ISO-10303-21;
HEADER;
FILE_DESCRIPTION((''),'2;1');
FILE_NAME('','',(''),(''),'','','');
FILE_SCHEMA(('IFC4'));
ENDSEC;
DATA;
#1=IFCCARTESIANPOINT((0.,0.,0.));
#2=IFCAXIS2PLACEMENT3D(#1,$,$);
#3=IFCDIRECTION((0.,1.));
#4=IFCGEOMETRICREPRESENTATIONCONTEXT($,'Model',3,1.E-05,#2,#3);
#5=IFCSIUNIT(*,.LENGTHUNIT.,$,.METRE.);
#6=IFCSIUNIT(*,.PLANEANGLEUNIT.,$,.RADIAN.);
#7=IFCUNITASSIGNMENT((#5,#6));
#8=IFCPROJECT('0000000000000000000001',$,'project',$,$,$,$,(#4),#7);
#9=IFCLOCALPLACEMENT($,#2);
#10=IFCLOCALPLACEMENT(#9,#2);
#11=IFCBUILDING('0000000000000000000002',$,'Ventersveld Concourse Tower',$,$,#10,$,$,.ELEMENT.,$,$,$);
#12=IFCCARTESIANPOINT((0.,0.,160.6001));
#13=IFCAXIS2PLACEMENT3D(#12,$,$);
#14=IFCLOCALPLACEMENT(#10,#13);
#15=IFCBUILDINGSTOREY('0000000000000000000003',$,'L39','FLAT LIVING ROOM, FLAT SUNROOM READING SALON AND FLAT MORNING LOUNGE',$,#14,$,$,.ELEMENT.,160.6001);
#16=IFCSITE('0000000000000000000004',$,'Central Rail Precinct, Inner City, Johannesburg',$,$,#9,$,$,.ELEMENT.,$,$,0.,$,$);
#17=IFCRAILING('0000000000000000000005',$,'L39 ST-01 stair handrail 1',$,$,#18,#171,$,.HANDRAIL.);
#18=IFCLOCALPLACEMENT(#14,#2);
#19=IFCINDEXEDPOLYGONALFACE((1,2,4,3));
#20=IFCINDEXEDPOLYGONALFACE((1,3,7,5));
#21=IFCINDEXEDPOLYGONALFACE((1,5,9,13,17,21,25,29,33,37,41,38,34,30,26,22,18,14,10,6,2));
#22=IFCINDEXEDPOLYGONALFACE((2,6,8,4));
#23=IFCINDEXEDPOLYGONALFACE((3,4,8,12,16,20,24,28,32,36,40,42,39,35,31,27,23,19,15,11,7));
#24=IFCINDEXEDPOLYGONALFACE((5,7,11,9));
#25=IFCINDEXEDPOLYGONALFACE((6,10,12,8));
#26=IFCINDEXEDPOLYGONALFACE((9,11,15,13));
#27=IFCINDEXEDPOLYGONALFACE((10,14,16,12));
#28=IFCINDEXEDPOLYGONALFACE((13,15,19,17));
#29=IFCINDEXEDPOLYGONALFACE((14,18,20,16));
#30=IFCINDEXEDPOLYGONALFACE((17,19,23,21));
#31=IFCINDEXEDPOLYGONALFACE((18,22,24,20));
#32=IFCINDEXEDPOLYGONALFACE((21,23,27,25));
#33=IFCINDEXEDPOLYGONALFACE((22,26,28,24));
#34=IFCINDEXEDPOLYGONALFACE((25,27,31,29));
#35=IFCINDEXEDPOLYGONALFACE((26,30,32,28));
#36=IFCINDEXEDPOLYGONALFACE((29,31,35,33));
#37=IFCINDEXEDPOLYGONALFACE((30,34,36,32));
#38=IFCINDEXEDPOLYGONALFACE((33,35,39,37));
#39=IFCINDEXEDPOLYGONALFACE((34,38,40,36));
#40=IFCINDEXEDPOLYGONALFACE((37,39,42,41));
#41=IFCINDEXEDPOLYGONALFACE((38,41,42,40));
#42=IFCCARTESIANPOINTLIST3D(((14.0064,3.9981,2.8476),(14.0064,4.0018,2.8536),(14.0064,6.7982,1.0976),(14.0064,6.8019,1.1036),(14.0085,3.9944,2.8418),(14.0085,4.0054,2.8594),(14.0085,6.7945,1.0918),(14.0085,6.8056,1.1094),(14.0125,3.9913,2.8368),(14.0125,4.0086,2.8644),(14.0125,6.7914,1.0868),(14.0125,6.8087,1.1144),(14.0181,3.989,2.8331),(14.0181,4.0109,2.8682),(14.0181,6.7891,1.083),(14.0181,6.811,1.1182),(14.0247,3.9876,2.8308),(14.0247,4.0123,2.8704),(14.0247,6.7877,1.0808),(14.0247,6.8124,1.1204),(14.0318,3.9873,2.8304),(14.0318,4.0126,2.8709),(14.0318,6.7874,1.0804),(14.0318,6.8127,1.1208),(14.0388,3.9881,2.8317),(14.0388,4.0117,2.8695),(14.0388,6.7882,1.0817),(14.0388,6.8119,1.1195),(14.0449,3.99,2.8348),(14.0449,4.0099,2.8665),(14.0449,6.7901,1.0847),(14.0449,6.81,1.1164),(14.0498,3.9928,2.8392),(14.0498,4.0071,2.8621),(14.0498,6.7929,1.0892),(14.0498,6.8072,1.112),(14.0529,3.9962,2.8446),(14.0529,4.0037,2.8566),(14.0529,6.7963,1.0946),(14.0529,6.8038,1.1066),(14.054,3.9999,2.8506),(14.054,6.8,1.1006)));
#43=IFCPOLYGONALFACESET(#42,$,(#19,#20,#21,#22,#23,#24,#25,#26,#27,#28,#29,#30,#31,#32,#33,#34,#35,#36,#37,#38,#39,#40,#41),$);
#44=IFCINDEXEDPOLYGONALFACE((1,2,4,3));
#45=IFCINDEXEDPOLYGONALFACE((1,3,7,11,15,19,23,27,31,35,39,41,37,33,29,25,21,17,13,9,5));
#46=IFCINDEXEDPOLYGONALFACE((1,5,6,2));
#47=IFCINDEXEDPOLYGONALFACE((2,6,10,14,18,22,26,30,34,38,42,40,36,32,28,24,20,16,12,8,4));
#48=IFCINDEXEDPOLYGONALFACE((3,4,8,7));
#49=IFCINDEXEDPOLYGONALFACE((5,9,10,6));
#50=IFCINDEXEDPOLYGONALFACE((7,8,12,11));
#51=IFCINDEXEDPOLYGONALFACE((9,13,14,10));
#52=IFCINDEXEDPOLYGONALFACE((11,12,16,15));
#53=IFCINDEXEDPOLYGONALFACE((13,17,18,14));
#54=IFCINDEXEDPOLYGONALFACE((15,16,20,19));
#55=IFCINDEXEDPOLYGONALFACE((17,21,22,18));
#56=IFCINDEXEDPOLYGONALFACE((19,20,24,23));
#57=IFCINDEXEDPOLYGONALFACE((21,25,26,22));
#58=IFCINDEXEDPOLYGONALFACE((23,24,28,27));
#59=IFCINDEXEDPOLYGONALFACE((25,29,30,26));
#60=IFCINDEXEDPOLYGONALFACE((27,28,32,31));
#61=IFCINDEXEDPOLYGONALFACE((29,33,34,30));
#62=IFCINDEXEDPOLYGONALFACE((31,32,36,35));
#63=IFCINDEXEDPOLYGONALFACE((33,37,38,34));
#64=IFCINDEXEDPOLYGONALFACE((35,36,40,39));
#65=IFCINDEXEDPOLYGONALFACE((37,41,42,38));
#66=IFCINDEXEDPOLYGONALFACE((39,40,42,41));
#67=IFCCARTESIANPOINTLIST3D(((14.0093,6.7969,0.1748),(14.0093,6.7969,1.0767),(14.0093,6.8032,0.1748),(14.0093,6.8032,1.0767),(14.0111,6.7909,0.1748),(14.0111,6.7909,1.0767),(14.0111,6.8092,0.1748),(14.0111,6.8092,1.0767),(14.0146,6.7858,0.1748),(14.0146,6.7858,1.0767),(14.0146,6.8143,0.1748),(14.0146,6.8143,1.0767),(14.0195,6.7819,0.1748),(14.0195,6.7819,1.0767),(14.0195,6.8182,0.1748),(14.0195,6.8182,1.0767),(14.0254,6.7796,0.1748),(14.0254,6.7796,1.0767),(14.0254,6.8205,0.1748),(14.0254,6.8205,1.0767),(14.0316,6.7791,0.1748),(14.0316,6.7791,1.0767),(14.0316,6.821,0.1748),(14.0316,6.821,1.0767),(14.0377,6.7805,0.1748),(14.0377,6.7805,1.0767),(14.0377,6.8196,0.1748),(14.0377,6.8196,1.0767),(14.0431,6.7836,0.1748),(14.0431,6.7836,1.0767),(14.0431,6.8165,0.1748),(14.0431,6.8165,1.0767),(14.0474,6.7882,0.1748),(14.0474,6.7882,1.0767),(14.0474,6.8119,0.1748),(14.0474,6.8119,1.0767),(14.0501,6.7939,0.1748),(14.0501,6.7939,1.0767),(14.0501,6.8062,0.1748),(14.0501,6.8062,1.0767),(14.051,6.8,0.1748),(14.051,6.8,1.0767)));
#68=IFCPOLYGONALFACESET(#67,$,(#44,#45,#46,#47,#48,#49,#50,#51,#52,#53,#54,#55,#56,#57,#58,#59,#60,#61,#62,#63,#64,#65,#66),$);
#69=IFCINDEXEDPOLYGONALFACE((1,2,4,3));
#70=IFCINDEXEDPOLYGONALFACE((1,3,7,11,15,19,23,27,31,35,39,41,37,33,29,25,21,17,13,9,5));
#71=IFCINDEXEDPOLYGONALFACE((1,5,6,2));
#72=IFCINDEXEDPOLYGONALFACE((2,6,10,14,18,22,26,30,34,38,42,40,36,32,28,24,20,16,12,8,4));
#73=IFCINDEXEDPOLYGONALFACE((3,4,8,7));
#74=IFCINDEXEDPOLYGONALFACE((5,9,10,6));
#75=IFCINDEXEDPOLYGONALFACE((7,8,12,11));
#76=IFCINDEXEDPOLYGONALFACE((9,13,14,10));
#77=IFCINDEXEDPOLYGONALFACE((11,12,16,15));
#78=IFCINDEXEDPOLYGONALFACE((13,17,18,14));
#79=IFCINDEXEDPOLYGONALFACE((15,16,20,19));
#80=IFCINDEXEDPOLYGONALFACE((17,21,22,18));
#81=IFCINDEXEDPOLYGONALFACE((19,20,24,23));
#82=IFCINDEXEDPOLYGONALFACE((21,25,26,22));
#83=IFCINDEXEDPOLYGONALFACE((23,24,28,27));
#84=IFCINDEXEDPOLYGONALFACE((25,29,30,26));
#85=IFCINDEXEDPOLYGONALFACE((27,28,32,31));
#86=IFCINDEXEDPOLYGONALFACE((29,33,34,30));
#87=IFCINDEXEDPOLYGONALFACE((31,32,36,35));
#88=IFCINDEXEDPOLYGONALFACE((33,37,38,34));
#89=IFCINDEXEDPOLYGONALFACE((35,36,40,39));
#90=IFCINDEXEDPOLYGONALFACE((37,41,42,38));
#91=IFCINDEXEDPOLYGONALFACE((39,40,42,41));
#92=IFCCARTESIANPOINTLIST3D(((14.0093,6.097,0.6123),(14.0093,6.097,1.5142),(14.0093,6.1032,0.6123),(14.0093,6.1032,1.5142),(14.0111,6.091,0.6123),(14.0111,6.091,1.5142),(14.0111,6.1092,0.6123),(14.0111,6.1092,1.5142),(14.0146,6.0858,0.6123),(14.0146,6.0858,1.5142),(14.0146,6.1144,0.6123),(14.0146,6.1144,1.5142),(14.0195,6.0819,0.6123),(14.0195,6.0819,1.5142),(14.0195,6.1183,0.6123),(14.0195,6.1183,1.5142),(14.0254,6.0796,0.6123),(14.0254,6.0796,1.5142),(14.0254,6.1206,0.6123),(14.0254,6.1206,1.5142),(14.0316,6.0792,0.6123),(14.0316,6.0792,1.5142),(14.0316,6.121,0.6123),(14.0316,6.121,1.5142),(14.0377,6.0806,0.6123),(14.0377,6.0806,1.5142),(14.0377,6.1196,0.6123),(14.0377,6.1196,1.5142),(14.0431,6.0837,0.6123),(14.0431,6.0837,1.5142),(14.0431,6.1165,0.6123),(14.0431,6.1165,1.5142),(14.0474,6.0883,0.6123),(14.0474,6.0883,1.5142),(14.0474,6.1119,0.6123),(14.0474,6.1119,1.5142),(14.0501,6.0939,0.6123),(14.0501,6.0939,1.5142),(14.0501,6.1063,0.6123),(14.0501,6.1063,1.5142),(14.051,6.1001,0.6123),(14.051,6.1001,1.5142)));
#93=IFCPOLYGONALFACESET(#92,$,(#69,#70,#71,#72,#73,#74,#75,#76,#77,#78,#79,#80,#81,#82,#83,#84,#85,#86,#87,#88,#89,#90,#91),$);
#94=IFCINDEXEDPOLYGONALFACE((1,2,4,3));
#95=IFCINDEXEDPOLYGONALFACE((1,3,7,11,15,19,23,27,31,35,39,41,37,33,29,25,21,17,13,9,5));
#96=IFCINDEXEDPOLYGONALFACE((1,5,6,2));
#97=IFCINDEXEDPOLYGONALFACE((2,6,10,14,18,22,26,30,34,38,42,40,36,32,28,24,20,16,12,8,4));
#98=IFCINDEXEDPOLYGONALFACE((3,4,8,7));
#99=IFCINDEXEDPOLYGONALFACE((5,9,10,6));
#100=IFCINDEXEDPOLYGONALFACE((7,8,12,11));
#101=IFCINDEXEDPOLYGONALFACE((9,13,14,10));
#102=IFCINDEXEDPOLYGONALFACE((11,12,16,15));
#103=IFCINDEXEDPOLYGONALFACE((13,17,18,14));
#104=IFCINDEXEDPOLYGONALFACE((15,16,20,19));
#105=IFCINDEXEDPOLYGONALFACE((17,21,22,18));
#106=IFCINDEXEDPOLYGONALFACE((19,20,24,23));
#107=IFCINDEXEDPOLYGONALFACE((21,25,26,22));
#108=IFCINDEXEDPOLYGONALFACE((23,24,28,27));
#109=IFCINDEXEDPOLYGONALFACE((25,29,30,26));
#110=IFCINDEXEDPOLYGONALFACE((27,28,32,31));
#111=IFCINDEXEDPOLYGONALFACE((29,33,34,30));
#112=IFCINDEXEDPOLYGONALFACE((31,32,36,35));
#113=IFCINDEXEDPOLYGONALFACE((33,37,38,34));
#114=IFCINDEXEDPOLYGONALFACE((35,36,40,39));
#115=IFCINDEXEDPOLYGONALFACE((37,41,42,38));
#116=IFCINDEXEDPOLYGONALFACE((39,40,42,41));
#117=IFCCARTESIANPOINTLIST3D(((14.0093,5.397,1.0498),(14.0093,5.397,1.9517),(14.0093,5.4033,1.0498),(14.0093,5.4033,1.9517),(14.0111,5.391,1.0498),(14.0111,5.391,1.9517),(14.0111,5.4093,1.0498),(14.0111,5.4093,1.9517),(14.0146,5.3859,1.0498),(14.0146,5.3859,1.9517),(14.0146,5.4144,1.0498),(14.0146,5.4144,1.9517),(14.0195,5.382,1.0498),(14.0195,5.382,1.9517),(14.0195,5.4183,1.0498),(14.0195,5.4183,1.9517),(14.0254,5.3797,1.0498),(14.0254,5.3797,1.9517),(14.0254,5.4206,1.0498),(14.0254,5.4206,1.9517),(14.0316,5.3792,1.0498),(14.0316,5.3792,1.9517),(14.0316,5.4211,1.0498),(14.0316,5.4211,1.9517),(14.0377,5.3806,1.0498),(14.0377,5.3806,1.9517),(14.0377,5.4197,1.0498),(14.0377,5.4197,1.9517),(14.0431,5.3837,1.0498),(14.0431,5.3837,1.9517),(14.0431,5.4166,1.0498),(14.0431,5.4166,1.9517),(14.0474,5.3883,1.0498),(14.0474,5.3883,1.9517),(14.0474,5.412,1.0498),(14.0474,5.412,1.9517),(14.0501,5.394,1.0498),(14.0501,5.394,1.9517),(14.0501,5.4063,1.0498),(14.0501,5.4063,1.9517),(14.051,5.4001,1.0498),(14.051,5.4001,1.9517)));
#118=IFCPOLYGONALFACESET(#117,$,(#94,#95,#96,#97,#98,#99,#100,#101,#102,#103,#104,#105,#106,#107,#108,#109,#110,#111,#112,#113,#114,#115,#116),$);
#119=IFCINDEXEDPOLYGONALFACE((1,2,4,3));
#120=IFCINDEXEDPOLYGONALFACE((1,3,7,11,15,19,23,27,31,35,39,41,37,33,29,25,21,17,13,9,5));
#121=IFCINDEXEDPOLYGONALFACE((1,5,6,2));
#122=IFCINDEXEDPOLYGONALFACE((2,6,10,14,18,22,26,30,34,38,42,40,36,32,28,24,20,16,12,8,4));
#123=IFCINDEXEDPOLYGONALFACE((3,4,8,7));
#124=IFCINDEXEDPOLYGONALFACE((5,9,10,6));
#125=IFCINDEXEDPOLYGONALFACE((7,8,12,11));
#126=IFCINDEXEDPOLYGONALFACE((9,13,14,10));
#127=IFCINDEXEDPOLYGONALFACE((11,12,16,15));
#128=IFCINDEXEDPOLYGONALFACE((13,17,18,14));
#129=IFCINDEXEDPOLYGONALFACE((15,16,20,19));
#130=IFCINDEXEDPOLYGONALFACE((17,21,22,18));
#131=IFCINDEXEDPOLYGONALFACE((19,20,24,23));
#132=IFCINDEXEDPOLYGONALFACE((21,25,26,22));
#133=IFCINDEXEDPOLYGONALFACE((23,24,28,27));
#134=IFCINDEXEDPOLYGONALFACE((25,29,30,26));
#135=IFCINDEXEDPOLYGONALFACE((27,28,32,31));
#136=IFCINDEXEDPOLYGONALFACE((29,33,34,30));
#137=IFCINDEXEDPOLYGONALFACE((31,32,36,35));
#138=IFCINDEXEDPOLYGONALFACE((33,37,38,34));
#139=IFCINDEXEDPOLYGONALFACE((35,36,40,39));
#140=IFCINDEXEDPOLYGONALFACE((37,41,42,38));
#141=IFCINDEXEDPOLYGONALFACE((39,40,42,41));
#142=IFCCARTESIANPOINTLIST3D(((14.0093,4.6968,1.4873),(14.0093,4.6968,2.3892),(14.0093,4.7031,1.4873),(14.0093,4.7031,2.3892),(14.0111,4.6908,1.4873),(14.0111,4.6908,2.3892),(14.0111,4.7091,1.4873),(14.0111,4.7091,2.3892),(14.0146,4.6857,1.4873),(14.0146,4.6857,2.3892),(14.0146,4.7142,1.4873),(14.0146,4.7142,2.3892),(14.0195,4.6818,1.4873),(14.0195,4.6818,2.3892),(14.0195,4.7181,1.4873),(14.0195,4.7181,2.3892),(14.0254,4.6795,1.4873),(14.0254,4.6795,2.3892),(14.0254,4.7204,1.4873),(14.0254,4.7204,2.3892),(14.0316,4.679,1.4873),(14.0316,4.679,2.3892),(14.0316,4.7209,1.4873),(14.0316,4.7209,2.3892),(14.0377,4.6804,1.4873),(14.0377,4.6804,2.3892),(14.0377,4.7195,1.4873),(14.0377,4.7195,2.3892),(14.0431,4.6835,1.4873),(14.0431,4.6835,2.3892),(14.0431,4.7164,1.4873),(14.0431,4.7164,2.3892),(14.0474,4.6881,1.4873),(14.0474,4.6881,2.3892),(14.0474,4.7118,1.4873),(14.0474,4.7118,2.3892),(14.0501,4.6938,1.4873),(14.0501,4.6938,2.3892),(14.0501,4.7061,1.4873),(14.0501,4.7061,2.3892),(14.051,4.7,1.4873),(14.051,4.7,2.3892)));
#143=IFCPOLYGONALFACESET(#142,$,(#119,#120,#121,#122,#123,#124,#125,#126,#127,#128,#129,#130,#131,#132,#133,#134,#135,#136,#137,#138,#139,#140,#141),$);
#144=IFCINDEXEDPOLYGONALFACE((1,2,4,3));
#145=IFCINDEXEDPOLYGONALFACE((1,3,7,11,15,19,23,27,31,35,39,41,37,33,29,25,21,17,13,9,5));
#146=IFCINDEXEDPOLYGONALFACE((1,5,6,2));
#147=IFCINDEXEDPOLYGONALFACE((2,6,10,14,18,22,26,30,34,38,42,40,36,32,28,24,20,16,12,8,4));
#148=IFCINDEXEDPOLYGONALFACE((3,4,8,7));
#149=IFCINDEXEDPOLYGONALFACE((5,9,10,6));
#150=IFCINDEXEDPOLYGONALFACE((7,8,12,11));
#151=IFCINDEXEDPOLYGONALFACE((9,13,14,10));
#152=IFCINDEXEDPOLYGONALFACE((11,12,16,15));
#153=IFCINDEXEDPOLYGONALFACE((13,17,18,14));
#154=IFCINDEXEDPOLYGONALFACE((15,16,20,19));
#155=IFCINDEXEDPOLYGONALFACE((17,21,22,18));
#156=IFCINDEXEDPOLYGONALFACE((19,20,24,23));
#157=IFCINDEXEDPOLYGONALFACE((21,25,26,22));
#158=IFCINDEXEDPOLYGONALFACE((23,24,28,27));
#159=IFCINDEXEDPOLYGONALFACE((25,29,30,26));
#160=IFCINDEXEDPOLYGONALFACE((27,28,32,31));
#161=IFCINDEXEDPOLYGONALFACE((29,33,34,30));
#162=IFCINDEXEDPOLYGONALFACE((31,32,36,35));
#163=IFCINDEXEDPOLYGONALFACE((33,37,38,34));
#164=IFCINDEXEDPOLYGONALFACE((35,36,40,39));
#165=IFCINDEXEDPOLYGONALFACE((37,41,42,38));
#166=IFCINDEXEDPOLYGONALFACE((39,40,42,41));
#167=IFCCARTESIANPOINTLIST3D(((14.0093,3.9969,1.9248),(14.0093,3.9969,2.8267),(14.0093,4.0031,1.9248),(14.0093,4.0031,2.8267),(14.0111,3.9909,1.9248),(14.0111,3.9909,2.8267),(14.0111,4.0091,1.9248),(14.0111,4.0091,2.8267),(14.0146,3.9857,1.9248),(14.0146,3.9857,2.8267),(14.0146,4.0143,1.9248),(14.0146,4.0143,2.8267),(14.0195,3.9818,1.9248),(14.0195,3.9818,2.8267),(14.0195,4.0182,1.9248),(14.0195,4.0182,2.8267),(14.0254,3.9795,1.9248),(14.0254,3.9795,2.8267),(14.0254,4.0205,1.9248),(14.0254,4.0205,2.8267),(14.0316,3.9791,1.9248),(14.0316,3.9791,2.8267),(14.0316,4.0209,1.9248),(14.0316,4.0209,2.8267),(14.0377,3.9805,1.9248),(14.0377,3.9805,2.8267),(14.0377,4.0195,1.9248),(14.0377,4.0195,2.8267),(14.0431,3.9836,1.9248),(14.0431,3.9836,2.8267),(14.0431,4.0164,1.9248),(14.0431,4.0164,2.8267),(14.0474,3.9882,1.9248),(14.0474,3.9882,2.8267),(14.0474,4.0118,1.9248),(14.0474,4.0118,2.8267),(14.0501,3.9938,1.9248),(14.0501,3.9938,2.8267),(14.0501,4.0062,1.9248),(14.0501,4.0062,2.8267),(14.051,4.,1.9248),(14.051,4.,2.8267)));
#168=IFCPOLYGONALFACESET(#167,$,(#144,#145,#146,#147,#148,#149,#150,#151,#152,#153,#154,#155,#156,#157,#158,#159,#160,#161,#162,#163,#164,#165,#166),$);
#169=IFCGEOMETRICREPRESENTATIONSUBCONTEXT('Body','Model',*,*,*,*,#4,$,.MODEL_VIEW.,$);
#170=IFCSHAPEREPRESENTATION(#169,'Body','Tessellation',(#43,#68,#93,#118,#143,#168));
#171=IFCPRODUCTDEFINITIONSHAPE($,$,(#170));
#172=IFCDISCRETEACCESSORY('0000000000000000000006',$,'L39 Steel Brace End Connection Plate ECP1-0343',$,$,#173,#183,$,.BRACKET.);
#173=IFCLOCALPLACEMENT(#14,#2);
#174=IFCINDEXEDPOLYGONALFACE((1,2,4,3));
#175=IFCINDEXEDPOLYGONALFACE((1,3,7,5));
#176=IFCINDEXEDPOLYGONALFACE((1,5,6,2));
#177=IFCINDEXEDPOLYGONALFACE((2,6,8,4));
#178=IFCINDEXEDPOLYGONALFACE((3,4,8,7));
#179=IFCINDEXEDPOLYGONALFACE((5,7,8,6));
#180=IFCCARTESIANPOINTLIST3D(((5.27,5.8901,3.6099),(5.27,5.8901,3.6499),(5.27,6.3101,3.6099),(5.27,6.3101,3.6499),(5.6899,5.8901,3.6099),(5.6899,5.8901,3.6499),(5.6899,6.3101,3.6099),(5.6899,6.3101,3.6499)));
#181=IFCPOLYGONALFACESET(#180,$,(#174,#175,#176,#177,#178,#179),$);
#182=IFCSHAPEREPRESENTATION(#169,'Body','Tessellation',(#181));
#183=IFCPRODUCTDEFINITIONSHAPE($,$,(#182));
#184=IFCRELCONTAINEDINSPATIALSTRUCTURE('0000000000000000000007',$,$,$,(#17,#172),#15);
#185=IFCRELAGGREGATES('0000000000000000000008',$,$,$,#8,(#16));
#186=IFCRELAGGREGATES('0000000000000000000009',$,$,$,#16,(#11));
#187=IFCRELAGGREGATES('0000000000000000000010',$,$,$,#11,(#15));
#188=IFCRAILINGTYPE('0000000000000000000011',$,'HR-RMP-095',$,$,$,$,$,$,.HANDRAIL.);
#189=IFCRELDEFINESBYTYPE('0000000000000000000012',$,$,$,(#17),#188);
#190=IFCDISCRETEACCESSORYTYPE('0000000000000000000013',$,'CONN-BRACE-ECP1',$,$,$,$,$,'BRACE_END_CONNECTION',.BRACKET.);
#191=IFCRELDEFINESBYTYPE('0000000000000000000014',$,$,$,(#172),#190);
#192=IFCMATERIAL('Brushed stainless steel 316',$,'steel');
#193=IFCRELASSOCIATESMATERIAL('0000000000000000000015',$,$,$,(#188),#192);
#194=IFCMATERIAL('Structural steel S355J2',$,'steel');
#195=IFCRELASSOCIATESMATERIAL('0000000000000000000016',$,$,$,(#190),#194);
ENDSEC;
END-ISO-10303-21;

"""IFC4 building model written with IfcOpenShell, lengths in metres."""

from ifc_helpers import new_model, si_unit, direction, frame, origin, origin_2d, place, context, subcontext, project, spatial, rectangle, circle, extrude, material, type_object, element, save


model = new_model("IFC4")

# Units and contexts
model_context = context("Model", 3, precision=1e-05, world=origin(), true_north=direction((0.0, 1.0)))
body_context = subcontext(model_context, "Body", "Model", "MODEL_VIEW")
ifc_project = project(units=[si_unit("LENGTHUNIT", "METRE"), si_unit("PLANEANGLEUNIT", "RADIAN")], contexts=[model_context])

# Site, building, storey
site_placement = place(None, origin())
site = spatial("IfcSite", under=ifc_project, at=site_placement, Name="Central Rail Precinct, Inner City, Johannesburg", CompositionType="ELEMENT", RefElevation=0.0)
building_placement = place(site_placement, origin())
building = spatial("IfcBuilding", under=site, at=building_placement, Name="Ventersveld Concourse Tower", CompositionType="ELEMENT")
storey_placement = place(building_placement, frame((0.0, 0.0, 160.6001)))
storey = spatial("IfcBuildingStorey", under=building, at=storey_placement, Name="L39", Description="FLAT LIVING ROOM, FLAT SUNROOM READING SALON AND FLAT MORNING LOUNGE", CompositionType="ELEMENT", Elevation=160.6001)

# Shared definitions
ifc_material_1 = material(Name="Structural steel S355J2", Category="steel")

# Railing
ifc_material_2 = material(Name="Brushed stainless steel 316", Category="steel")
railing_type_1 = type_object("IfcRailingType", Name="HR-RMP-095", PredefinedType="HANDRAIL", material=ifc_material_2)
railing_1_placement = place(storey_placement, frame((14.03, 6.8, 0.1748)))
element("IfcRailing", 1, at=railing_1_placement, inside=storey, type_object=railing_type_1, Name="L39 ST-01 stair handrail 1", PredefinedType="HANDRAIL", context=body_context, shape_type="SweptSolid", body=[
    extrude(circle(Radius=0.0239, at=origin_2d()), frame((0.0, 0.0, 0.9258), z_axis=(0.0, -0.848002, 0.529992), x_axis=(1.0, 0.0, 0.0)), (0.0, 0.0, 1.0), 3.302),
    extrude(circle(Radius=0.021, at=origin_2d()), origin(), (0.0, 0.0, 1.0), 0.9019),
    extrude(circle(Radius=0.021, at=origin_2d()), frame((0.0, -0.7, 0.4375)), (0.0, 0.0, 1.0), 0.9019),
    extrude(circle(Radius=0.021, at=origin_2d()), frame((0.0, -1.3999, 0.875)), (0.0, 0.0, 1.0), 0.9019),
    extrude(circle(Radius=0.021, at=origin_2d()), frame((0.0, -2.1001, 1.3125)), (0.0, 0.0, 1.0), 0.9019),
    extrude(circle(Radius=0.021, at=origin_2d()), frame((0.0, -2.8, 1.75)), (0.0, 0.0, 1.0), 0.9019),
])

# Discrete accessory
discrete_accessory_type = type_object("IfcDiscreteAccessoryType", Name="CONN-BRACE-ECP1", ElementType="BRACE_END_CONNECTION", PredefinedType="BRACKET", material=ifc_material_1)
discrete_accessory_placement = place(storey_placement, frame((5.48, 6.1001, 3.6099), z_axis=(0.0, 0.0, 1.0), x_axis=(1.0, 0.0, 0.0)))
element("IfcDiscreteAccessory", 2, at=discrete_accessory_placement, inside=storey, type_object=discrete_accessory_type, Name="L39 Steel Brace End Connection Plate ECP1-0343", PredefinedType="BRACKET", context=body_context, shape_type="SweptSolid", body=[
    extrude(rectangle(XDim=0.4199, YDim=0.4199, at=origin_2d()), origin(), (0.0, 0.0, 1.0), 0.04),
])

save(model, "model.ifc")
